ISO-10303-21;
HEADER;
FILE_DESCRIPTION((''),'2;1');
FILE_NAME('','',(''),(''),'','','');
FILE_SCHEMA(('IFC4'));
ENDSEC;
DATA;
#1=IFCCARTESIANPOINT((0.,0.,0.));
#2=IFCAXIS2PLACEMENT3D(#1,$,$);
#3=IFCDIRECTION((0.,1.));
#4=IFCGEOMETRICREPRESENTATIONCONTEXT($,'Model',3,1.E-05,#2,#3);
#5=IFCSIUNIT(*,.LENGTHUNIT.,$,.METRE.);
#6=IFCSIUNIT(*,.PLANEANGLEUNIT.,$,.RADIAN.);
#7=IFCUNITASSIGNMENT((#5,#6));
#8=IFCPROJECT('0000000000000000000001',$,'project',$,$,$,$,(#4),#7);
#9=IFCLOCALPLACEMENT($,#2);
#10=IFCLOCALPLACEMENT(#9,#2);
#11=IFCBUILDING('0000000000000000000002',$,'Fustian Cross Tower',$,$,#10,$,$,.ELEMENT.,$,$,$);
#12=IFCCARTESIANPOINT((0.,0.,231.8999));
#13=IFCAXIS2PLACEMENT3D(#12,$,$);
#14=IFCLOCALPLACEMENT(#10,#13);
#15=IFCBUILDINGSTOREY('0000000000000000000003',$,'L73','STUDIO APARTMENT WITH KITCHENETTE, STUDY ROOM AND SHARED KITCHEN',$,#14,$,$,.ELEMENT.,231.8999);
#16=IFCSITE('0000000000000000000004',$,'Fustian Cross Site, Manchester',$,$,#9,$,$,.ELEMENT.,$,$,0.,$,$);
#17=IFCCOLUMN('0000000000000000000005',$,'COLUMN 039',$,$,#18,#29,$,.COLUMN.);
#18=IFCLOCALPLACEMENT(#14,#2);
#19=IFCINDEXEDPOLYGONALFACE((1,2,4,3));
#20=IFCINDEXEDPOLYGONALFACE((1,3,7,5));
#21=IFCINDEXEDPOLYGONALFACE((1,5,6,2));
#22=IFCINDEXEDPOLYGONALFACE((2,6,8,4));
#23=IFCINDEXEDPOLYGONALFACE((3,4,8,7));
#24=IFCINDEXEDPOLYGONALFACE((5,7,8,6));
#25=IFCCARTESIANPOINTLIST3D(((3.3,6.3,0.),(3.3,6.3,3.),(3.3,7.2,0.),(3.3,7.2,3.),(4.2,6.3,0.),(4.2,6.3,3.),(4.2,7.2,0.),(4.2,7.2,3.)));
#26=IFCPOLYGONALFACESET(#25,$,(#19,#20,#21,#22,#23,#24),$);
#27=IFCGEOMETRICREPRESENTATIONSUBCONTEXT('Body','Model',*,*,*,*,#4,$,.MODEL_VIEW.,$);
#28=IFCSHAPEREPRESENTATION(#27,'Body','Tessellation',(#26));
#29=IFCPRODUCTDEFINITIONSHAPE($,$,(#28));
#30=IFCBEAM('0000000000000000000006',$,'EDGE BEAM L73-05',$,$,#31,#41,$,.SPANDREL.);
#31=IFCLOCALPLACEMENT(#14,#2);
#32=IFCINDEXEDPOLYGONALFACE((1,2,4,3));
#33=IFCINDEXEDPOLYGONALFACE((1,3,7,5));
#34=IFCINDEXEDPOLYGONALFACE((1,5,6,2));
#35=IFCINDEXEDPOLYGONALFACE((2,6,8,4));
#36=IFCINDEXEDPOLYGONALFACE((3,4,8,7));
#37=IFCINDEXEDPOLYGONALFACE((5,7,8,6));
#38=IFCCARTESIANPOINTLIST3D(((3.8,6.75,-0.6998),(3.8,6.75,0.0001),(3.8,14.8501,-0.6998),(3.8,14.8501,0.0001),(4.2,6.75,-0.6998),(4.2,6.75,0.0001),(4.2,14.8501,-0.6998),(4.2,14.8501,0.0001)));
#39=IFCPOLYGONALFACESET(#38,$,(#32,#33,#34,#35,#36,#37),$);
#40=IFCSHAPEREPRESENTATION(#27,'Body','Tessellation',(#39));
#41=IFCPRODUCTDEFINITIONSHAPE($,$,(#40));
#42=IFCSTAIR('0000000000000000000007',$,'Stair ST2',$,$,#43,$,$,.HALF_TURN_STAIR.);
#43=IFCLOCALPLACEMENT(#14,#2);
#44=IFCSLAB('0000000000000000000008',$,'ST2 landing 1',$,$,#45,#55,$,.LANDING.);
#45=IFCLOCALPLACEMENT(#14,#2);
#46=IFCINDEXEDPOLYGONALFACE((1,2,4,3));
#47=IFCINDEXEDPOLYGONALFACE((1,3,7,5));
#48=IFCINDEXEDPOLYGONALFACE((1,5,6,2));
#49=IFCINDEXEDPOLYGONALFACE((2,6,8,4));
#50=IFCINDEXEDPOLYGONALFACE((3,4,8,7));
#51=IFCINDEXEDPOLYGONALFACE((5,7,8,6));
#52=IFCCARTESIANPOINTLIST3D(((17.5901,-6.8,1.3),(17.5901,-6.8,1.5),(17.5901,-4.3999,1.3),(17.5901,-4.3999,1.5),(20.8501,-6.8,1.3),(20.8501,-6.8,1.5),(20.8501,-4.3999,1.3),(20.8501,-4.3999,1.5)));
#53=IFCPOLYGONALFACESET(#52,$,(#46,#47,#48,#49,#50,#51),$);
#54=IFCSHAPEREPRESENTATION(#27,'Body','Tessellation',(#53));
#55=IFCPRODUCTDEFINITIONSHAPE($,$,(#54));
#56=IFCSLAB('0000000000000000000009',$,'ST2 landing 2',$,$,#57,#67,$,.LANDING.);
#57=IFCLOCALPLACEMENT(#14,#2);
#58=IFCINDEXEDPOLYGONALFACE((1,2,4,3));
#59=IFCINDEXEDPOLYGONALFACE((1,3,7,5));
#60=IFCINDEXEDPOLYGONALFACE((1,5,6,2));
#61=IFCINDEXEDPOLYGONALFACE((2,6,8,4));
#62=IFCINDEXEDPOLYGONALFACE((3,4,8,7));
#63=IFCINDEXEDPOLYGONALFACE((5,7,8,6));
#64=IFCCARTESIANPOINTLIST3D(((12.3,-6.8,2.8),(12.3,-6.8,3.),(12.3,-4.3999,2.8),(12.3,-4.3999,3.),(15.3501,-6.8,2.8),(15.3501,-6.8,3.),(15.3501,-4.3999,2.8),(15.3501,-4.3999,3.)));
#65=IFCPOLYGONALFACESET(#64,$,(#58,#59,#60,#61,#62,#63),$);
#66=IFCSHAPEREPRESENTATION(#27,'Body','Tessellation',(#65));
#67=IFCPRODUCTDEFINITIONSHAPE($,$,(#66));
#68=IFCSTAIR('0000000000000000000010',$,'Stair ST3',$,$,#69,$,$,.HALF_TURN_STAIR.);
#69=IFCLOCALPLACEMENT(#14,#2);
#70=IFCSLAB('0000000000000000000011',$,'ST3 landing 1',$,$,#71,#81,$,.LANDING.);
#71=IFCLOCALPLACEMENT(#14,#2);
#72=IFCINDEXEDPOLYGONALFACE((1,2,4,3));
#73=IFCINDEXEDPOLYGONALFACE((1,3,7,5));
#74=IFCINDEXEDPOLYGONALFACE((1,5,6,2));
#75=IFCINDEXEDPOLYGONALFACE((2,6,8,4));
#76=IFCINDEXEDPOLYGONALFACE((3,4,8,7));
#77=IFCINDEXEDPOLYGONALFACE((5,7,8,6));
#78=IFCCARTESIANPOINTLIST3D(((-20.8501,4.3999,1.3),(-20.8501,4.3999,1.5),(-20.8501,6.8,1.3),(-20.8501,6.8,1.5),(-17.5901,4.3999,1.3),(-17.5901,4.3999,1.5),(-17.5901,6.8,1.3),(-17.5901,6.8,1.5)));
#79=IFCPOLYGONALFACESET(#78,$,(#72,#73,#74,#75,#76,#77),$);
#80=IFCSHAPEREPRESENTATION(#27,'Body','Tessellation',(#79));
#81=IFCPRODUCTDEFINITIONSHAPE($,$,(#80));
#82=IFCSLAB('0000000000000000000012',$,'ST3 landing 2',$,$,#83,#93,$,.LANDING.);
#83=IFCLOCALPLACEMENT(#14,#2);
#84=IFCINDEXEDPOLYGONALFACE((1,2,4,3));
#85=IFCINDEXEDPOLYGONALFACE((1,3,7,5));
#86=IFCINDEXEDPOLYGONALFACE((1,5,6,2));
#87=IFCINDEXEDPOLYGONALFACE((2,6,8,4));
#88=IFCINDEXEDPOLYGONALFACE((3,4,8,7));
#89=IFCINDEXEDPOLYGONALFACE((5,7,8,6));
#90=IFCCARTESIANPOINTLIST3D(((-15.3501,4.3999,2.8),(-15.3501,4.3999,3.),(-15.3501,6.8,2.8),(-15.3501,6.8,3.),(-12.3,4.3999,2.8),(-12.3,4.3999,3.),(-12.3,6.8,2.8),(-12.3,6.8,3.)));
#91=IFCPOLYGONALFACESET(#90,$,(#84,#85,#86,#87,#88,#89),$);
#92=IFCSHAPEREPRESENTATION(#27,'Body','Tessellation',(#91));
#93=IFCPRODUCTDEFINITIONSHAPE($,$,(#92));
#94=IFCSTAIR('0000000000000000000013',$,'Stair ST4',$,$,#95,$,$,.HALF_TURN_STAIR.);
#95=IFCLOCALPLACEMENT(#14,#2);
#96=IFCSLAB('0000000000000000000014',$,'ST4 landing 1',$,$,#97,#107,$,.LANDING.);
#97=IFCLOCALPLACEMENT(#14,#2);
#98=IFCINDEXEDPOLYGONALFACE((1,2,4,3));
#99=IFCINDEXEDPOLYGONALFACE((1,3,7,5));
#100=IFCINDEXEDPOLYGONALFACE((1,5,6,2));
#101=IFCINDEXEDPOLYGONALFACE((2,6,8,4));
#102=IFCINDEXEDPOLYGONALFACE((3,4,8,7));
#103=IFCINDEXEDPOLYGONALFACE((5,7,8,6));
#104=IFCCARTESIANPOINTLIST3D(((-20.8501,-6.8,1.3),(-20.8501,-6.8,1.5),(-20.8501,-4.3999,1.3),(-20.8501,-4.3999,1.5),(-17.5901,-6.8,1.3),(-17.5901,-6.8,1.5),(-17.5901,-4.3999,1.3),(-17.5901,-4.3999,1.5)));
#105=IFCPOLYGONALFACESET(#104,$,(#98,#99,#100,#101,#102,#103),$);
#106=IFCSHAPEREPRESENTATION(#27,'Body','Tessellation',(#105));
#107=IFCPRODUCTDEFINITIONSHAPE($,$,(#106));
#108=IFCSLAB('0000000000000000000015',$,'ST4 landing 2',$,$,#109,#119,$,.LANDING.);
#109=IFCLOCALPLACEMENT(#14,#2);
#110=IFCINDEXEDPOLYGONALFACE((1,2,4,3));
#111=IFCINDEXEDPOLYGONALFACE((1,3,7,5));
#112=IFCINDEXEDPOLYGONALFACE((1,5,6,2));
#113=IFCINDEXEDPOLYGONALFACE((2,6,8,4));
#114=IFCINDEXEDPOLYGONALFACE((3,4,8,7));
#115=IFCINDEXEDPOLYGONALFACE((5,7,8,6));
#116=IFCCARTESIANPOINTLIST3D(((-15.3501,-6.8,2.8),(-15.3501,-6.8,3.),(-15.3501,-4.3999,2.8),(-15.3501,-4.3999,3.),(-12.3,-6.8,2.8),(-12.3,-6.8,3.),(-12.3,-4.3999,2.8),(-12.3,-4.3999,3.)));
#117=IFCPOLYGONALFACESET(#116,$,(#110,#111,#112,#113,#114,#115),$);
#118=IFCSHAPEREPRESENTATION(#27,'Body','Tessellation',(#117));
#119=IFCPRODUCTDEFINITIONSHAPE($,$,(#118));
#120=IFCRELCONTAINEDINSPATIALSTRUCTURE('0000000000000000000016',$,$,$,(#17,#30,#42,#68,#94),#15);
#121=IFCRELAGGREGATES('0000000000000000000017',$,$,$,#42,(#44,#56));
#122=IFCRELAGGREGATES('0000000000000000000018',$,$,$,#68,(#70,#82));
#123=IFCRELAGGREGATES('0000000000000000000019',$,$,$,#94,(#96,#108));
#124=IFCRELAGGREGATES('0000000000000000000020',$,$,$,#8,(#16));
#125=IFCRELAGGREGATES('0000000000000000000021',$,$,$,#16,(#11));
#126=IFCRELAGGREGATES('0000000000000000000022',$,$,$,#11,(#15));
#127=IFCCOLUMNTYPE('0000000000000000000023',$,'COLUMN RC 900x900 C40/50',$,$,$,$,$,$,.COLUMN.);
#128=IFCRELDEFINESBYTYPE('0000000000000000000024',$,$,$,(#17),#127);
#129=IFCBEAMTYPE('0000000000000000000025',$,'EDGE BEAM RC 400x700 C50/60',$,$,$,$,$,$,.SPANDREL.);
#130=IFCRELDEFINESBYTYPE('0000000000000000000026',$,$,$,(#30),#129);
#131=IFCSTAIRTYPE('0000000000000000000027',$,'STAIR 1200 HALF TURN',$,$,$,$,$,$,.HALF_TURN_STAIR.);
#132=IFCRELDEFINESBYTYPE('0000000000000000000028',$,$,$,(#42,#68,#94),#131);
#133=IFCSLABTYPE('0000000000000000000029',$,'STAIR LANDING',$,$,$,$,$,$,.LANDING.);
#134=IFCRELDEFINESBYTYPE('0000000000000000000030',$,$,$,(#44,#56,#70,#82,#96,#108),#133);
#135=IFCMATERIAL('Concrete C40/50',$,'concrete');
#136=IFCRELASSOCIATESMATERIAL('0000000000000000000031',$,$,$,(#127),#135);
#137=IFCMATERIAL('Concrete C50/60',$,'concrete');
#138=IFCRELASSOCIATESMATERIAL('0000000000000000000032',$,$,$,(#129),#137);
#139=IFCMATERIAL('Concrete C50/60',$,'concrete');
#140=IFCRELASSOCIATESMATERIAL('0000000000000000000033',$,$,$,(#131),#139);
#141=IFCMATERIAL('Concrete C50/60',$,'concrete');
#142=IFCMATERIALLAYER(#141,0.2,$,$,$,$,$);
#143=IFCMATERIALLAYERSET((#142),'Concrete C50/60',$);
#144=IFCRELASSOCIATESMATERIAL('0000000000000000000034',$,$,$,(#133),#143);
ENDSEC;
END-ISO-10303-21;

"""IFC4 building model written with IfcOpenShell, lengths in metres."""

from ifc_helpers import new_model, si_unit, direction, frame, origin, origin_2d, place, context, subcontext, project, spatial, polyline, rectangle, outline, extrude, material, layer, layer_set, material_profile, profile_set, type_object, element, aggregate, save


model = new_model("IFC4")

# Units and contexts
model_context = context("Model", 3, precision=1e-05, world=origin(), true_north=direction((0.0, 1.0)))
body_context = subcontext(model_context, "Body", "Model", "MODEL_VIEW")
ifc_project = project(units=[si_unit("LENGTHUNIT", "METRE"), si_unit("PLANEANGLEUNIT", "RADIAN")], contexts=[model_context])

# Site, building, storey
site_placement = place(None, origin())
site = spatial("IfcSite", under=ifc_project, at=site_placement, Name="Fustian Cross Site, Manchester", CompositionType="ELEMENT", RefElevation=0.0)
building_placement = place(site_placement, origin())
building = spatial("IfcBuilding", under=site, at=building_placement, Name="Fustian Cross Tower", CompositionType="ELEMENT")
storey_placement = place(building_placement, frame((0.0, 0.0, 231.8999)))
storey = spatial("IfcBuildingStorey", under=building, at=storey_placement, Name="L73", Description="STUDIO APARTMENT WITH KITCHENETTE, STUDY ROOM AND SHARED KITCHEN", CompositionType="ELEMENT", Elevation=231.8999)

# Column
ifc_material_1 = material(Name="Concrete C40/50", Category="concrete")
ifc_material_profile_1 = material_profile(ifc_material_1, rectangle(XDim=0.8999, YDim=0.8999, at=origin_2d()), Name="RC 900x900")
ifc_profile_set_1 = profile_set([ifc_material_profile_1], Name="Concrete C40/50")
column_type = type_object("IfcColumnType", Name="COLUMN RC 900x900 C40/50", PredefinedType="COLUMN", material=ifc_profile_set_1)
column_placement = place(storey_placement, frame((3.75, 6.75, 0.0), z_axis=(0.0, 0.0, 1.0), x_axis=(1.0, 0.0, 0.0)))
element("IfcColumn", 1, at=column_placement, inside=storey, type_object=column_type, Name="COLUMN 039", PredefinedType="COLUMN", context=body_context, shape_type="SweptSolid", body=[
    extrude(rectangle(XDim=0.8999, YDim=0.8999, at=origin_2d()), origin(), (0.0, 0.0, 1.0), 3.0),
])

# Beam
ifc_material_2 = material(Name="Concrete C50/60", Category="concrete")
ifc_material_profile_2 = material_profile(ifc_material_2, rectangle(XDim=0.3999, YDim=0.7, at=origin_2d()), Name="RC 400x700")
ifc_profile_set_2 = profile_set([ifc_material_profile_2], Name="Concrete C50/60")
beam_type = type_object("IfcBeamType", Name="EDGE BEAM RC 400x700 C50/60", PredefinedType="SPANDREL", material=ifc_profile_set_2)
beam_placement = place(storey_placement, frame((4.0, 6.75, -0.3499), z_axis=(0.0, 1.0, 0.0), x_axis=(-1.0, 0.0, 0.0)))
element("IfcBeam", 2, at=beam_placement, inside=storey, type_object=beam_type, Name="EDGE BEAM L73-05", PredefinedType="SPANDREL", context=body_context, shape_type="SweptSolid", body=[
    extrude(rectangle(XDim=0.3999, YDim=0.7, at=origin_2d()), origin(), (0.0, 0.0, 1.0), 8.1001),
])

# Stairs, slabs
ifc_material_3 = material(Name="Concrete C50/60", Category="concrete")
stair_type = type_object("IfcStairType", Name="STAIR 1200 HALF TURN", PredefinedType="HALF_TURN_STAIR", material=ifc_material_3)
stair_1_placement = place(storey_placement, origin())
stair_1 = element("IfcStair", 3, at=stair_1_placement, inside=storey, type_object=stair_type, Name="Stair ST2", PredefinedType="HALF_TURN_STAIR")
ifc_material_4 = material(Name="Concrete C50/60", Category="concrete")
ifc_layer_1 = layer(ifc_material_4, 0.2)
ifc_layer_set_1 = layer_set([ifc_layer_1], Name="Concrete C50/60")
slab_type = type_object("IfcSlabType", Name="STAIR LANDING", PredefinedType="LANDING", material=ifc_layer_set_1)
slab_1_placement = place(storey_placement, frame((0.0, 0.0, 1.3)))
slab_1 = element("IfcSlab", 4, at=slab_1_placement, type_object=slab_type, Name="ST2 landing 1", PredefinedType="LANDING", context=body_context, shape_type="SweptSolid", body=[
    extrude(outline(polyline([(17.5901, -4.3999), (20.8501, -4.3999), (20.8501, -6.8), (17.5901, -6.8), (17.5901, -4.3999)])), origin(), (0.0, 0.0, 1.0), 0.2),
])
slab_2_placement = place(storey_placement, frame((0.0, 0.0, 2.8)))
slab_2 = element("IfcSlab", 5, at=slab_2_placement, type_object=slab_type, Name="ST2 landing 2", PredefinedType="LANDING", context=body_context, shape_type="SweptSolid", body=[
    extrude(outline(polyline([(12.3, -4.3999), (15.3501, -4.3999), (15.3501, -6.8), (12.3, -6.8), (12.3, -4.3999)])), origin(), (0.0, 0.0, 1.0), 0.2),
])
aggregate(stair_1, [slab_1, slab_2])
stair_2_placement = place(storey_placement, origin())
stair_2 = element("IfcStair", 6, at=stair_2_placement, inside=storey, type_object=stair_type, Name="Stair ST3", PredefinedType="HALF_TURN_STAIR")
slab_3_placement = place(storey_placement, frame((0.0, 0.0, 1.3)))
slab_3 = element("IfcSlab", 7, at=slab_3_placement, type_object=slab_type, Name="ST3 landing 1", PredefinedType="LANDING", context=body_context, shape_type="SweptSolid", body=[
    extrude(outline(polyline([(-17.5901, 4.3999), (-20.8501, 4.3999), (-20.8501, 6.8), (-17.5901, 6.8), (-17.5901, 4.3999)])), origin(), (0.0, 0.0, 1.0), 0.2),
])
slab_4_placement = place(storey_placement, frame((0.0, 0.0, 2.8)))
slab_4 = element("IfcSlab", 8, at=slab_4_placement, type_object=slab_type, Name="ST3 landing 2", PredefinedType="LANDING", context=body_context, shape_type="SweptSolid", body=[
    extrude(outline(polyline([(-12.3, 4.3999), (-15.3501, 4.3999), (-15.3501, 6.8), (-12.3, 6.8), (-12.3, 4.3999)])), origin(), (0.0, 0.0, 1.0), 0.2),
])
aggregate(stair_2, [slab_3, slab_4])
stair_3_placement = place(storey_placement, origin())
stair_3 = element("IfcStair", 9, at=stair_3_placement, inside=storey, type_object=stair_type, Name="Stair ST4", PredefinedType="HALF_TURN_STAIR")
slab_5_placement = place(storey_placement, frame((0.0, 0.0, 1.3)))
slab_5 = element("IfcSlab", 10, at=slab_5_placement, type_object=slab_type, Name="ST4 landing 1", PredefinedType="LANDING", context=body_context, shape_type="SweptSolid", body=[
    extrude(outline(polyline([(-17.5901, -4.3999), (-20.8501, -4.3999), (-20.8501, -6.8), (-17.5901, -6.8), (-17.5901, -4.3999)])), origin(), (0.0, 0.0, 1.0), 0.2),
])
slab_6_placement = place(storey_placement, frame((0.0, 0.0, 2.8)))
slab_6 = element("IfcSlab", 11, at=slab_6_placement, type_object=slab_type, Name="ST4 landing 2", PredefinedType="LANDING", context=body_context, shape_type="SweptSolid", body=[
    extrude(outline(polyline([(-12.3, -4.3999), (-15.3501, -4.3999), (-15.3501, -6.8), (-12.3, -6.8), (-12.3, -4.3999)])), origin(), (0.0, 0.0, 1.0), 0.2),
])
aggregate(stair_3, [slab_5, slab_6])

save(model, "model.ifc")
